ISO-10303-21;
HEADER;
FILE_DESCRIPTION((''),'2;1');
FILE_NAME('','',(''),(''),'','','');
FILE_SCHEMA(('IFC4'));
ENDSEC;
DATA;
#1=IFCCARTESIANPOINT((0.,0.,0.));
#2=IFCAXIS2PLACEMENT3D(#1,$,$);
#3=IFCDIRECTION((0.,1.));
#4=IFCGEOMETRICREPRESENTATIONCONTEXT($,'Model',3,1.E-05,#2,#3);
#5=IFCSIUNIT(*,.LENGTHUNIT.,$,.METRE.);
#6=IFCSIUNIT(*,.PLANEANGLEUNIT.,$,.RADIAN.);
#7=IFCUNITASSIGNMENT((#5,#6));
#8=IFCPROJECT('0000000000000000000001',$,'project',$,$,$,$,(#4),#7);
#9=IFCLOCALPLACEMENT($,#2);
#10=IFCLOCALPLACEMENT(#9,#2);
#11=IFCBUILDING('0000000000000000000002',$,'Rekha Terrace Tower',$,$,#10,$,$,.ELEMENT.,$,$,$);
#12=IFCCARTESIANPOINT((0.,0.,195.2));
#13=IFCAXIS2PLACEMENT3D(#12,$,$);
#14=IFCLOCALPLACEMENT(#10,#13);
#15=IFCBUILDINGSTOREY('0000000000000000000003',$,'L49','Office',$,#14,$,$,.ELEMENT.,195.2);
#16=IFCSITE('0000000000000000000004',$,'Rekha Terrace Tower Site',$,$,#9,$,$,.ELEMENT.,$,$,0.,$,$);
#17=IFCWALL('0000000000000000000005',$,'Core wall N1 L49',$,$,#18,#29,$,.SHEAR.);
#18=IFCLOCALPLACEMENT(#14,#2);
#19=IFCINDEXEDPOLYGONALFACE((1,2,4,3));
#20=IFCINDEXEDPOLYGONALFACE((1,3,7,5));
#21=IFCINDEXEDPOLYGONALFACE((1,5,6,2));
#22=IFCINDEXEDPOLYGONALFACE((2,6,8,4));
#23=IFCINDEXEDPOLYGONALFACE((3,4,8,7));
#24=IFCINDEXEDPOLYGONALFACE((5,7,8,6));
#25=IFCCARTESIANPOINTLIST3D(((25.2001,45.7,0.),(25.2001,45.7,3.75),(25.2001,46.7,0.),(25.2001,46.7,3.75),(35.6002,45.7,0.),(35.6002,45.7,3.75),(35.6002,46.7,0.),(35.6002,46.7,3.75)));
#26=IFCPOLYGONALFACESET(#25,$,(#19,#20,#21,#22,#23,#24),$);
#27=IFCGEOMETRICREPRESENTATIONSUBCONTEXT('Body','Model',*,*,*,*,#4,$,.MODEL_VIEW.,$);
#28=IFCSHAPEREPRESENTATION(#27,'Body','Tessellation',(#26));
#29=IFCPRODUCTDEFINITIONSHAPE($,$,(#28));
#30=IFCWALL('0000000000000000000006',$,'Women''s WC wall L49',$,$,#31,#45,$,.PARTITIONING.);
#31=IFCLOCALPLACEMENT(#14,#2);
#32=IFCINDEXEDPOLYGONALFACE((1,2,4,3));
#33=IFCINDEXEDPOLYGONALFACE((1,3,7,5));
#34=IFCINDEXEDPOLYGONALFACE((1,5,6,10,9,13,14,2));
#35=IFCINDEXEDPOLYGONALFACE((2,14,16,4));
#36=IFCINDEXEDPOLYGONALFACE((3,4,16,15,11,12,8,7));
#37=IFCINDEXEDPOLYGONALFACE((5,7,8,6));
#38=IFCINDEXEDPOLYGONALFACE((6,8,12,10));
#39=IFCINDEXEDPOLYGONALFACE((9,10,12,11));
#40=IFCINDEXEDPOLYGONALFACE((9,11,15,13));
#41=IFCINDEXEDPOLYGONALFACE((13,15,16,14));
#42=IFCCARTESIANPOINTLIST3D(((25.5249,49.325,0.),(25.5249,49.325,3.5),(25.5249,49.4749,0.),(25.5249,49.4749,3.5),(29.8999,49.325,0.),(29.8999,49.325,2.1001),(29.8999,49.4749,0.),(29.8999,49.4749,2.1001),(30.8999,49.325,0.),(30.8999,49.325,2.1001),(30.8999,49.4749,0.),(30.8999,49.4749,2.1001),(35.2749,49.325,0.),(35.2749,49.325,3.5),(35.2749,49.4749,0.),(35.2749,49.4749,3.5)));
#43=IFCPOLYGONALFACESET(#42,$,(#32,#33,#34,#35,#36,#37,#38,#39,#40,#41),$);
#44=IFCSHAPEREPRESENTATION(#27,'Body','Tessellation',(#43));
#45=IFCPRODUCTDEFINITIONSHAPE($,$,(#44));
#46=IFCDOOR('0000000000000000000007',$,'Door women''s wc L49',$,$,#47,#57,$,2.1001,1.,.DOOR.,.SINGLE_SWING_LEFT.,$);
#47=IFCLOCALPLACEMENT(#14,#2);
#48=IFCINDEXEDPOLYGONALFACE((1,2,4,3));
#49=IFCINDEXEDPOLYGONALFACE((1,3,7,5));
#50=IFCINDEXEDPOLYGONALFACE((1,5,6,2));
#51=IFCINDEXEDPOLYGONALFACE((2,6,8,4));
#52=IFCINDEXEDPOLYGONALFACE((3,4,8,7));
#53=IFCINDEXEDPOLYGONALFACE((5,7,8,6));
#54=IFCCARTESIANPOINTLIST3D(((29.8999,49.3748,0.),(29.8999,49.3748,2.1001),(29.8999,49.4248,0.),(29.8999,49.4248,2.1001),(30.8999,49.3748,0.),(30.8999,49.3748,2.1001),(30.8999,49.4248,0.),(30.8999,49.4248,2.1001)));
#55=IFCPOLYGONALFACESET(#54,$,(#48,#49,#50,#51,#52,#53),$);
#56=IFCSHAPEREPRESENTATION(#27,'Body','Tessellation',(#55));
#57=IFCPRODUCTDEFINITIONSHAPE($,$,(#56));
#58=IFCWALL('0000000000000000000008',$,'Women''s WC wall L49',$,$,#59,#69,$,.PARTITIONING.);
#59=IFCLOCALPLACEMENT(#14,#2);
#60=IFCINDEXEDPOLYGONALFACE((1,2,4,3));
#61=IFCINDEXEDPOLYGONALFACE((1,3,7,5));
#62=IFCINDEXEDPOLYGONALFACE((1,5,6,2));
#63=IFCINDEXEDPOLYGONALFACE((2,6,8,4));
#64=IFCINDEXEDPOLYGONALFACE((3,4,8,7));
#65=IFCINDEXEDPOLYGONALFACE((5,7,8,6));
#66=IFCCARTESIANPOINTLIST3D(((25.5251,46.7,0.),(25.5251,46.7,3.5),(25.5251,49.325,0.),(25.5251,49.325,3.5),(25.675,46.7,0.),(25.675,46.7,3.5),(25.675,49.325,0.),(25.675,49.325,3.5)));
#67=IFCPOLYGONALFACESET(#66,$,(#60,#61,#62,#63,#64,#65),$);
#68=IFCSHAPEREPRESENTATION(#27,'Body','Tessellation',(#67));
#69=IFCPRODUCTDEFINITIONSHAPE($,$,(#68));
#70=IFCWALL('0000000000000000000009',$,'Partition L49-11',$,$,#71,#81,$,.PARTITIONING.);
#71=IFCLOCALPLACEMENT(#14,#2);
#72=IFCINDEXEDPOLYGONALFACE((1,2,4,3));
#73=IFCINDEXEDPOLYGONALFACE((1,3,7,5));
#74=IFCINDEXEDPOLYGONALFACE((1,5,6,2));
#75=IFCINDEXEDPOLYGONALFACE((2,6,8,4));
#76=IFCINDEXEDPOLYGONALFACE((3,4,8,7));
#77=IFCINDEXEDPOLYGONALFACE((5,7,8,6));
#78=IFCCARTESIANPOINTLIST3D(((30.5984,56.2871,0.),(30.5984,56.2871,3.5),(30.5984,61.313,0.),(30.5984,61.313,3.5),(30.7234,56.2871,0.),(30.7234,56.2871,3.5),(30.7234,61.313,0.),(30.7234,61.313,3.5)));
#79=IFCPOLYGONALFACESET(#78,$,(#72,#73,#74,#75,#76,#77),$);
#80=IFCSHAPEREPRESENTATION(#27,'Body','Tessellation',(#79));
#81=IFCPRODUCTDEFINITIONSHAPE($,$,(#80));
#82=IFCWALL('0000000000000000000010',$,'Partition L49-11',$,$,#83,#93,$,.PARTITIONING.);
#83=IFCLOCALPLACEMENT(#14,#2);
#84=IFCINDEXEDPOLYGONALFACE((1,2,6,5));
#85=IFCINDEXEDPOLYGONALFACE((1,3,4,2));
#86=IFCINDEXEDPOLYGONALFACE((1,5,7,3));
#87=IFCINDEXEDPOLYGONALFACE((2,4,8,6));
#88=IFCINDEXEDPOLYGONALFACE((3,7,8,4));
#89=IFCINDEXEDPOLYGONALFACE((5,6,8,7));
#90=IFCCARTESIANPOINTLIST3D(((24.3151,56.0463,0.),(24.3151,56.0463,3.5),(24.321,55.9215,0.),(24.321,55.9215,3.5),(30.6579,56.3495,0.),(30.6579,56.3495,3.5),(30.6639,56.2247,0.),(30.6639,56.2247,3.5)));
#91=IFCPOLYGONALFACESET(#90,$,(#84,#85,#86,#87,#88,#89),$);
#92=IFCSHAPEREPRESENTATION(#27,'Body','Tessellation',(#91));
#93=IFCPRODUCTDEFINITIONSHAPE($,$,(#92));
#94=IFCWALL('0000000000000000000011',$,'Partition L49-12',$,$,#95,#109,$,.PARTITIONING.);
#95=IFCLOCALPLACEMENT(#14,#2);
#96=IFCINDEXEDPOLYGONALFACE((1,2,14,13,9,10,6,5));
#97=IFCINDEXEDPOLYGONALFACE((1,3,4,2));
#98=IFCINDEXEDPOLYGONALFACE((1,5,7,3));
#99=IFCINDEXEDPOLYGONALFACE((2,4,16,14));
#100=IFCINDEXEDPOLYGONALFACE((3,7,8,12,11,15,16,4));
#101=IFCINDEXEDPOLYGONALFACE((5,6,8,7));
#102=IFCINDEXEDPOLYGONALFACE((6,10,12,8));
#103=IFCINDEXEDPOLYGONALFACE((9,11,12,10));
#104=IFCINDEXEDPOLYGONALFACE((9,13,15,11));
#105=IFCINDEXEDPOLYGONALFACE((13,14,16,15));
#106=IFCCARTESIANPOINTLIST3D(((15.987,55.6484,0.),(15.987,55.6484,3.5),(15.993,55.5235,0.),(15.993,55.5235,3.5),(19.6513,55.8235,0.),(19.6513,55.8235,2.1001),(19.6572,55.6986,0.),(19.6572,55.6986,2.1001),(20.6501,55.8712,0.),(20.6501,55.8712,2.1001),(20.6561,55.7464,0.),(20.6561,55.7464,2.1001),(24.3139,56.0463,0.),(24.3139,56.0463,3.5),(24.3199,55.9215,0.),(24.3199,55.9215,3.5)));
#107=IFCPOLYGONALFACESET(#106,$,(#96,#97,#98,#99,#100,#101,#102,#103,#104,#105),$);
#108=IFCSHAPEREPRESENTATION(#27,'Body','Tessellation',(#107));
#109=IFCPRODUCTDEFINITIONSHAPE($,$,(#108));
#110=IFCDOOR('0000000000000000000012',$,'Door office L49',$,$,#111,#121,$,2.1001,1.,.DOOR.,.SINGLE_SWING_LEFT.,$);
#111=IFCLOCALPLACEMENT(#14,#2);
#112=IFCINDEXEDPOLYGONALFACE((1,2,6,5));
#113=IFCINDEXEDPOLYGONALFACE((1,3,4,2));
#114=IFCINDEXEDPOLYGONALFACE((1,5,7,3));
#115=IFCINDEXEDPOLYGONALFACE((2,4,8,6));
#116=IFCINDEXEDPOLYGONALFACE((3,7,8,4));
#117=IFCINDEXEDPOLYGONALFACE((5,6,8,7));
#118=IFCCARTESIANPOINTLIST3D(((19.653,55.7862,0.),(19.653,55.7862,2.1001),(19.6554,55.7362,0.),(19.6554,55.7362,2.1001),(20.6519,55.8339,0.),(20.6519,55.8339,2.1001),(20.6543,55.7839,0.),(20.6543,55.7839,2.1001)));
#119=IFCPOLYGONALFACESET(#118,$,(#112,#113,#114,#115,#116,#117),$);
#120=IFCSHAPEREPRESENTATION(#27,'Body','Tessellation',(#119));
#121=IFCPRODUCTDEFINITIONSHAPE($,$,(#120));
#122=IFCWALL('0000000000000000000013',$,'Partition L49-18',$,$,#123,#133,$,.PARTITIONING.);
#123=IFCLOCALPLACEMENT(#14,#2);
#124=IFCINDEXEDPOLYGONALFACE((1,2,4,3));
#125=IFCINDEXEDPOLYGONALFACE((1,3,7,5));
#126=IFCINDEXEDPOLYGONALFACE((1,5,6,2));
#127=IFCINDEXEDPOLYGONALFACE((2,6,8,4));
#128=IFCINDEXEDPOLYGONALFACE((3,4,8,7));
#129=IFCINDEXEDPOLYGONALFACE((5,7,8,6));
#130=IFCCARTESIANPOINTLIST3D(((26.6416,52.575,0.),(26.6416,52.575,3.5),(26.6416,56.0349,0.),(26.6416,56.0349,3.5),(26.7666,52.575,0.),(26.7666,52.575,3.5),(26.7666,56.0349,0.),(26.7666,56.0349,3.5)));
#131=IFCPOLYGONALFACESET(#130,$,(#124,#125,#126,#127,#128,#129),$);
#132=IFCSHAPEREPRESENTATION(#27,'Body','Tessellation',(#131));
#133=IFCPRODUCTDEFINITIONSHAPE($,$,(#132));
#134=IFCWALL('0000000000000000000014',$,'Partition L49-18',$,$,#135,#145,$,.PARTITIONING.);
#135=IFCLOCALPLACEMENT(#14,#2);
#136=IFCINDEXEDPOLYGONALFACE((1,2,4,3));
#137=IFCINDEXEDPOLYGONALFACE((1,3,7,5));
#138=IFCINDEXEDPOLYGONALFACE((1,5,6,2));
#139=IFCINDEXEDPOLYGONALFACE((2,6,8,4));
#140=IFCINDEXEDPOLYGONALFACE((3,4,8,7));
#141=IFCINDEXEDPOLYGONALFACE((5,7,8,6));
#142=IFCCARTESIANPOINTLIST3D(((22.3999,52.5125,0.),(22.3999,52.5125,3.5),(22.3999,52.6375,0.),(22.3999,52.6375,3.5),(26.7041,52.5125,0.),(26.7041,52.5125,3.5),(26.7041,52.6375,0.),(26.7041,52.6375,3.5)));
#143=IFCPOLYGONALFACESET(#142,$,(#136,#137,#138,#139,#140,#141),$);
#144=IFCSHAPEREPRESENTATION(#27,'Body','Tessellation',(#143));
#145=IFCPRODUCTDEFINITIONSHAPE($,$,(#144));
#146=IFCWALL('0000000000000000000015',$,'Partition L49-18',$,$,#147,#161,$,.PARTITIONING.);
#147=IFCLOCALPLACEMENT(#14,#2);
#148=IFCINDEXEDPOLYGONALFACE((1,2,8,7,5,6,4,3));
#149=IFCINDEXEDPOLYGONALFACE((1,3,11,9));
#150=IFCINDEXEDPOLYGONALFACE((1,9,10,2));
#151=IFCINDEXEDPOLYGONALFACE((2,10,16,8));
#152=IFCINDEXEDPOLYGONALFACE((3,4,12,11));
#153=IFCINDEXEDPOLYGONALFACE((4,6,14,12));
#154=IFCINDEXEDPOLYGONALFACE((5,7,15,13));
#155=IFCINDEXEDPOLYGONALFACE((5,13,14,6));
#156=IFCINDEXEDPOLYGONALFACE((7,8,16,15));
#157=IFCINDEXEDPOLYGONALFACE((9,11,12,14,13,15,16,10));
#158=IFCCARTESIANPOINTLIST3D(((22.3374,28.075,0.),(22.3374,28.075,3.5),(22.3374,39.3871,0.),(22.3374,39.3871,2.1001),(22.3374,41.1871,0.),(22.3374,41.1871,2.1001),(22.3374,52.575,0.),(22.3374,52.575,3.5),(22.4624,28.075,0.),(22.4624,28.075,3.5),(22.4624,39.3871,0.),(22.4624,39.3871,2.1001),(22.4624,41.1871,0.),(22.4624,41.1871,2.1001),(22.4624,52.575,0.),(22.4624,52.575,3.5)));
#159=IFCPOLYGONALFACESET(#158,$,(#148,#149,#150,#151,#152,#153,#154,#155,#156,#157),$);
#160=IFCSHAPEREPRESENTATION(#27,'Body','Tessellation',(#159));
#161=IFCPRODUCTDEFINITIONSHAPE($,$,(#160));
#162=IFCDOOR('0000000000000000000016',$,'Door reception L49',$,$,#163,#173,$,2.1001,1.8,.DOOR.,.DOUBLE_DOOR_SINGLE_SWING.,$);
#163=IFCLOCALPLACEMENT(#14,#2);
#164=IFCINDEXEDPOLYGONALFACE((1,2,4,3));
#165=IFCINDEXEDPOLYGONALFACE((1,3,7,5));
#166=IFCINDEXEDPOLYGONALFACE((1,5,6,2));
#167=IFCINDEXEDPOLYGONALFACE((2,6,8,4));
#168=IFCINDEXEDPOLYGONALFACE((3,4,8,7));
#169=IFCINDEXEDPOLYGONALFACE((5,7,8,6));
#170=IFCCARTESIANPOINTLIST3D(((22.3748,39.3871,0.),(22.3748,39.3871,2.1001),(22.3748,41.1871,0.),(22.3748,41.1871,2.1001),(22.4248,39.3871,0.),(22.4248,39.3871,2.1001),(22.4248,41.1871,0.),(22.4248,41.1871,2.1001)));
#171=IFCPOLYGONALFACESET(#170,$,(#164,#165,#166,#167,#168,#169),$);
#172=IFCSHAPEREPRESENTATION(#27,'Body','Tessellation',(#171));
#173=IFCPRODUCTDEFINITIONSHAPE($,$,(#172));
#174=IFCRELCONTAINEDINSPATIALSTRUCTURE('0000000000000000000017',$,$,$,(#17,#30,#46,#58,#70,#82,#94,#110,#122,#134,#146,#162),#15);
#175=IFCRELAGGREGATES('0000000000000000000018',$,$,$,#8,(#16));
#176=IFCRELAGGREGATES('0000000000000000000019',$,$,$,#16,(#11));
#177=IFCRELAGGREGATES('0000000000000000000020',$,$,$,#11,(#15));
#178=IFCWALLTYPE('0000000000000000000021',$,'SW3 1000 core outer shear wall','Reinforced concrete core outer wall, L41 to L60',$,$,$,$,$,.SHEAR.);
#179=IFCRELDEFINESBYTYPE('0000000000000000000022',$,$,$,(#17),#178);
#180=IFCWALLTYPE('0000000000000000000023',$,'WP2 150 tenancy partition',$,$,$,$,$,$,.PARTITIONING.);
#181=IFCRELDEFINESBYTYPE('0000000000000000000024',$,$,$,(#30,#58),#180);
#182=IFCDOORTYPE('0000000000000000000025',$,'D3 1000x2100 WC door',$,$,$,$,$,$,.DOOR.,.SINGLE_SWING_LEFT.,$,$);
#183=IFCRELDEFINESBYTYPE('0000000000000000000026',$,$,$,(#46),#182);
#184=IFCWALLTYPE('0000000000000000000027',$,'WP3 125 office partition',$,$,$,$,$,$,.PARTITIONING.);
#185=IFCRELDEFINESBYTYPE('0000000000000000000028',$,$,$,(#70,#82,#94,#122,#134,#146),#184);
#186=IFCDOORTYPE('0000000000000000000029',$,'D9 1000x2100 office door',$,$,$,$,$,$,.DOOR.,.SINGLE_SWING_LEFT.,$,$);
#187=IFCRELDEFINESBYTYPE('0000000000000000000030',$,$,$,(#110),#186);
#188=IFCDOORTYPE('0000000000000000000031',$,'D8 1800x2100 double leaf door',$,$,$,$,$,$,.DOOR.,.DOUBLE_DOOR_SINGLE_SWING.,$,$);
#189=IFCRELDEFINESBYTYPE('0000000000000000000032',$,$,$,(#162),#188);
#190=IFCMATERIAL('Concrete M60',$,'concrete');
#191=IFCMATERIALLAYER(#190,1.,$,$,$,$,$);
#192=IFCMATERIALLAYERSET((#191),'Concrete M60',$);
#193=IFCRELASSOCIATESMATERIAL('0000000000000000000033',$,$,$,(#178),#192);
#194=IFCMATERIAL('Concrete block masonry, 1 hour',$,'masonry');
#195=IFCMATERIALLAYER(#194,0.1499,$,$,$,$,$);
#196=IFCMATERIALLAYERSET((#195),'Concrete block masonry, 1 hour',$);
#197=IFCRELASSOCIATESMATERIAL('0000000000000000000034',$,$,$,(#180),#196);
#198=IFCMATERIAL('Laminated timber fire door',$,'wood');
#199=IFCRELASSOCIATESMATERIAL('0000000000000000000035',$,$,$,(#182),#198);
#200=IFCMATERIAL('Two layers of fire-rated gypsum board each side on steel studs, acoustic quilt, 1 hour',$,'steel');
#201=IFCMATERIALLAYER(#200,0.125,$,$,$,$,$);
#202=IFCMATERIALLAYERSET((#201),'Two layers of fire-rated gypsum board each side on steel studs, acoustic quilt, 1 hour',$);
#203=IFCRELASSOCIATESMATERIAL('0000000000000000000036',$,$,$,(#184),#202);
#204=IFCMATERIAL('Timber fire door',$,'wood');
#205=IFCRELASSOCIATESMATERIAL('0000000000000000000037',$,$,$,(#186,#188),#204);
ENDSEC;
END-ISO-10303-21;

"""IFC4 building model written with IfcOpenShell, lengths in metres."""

from ifc_helpers import new_model, si_unit, direction, frame, frame_2d, origin, place, context, subcontext, project, spatial, rectangle, extrude, material, layer, layer_set, type_object, element, fill, save


model = new_model("IFC4")

# Units and contexts
model_context = context("Model", 3, precision=1e-05, world=origin(), true_north=direction((0.0, 1.0)))
body_context = subcontext(model_context, "Body", "Model", "MODEL_VIEW")
ifc_project = project(units=[si_unit("LENGTHUNIT", "METRE"), si_unit("PLANEANGLEUNIT", "RADIAN")], contexts=[model_context])

# Site, building, storey
site_placement = place(None, origin())
site = spatial("IfcSite", under=ifc_project, at=site_placement, Name="Rekha Terrace Tower Site", CompositionType="ELEMENT", RefElevation=0.0)
building_placement = place(site_placement, origin())
building = spatial("IfcBuilding", under=site, at=building_placement, Name="Rekha Terrace Tower", CompositionType="ELEMENT")
storey_placement = place(building_placement, frame((0.0, 0.0, 195.2)))
storey = spatial("IfcBuildingStorey", under=building, at=storey_placement, Name="L49", Description="Office", CompositionType="ELEMENT", Elevation=195.2)

# Wall
ifc_material_1 = material(Name="Concrete M60", Category="concrete")
ifc_layer_1 = layer(ifc_material_1, 1.0)
ifc_layer_set_1 = layer_set([ifc_layer_1], Name="Concrete M60")
wall_type_1 = type_object("IfcWallType", Name="SW3 1000 core outer shear wall", Description="Reinforced concrete core outer wall, L41 to L60", PredefinedType="SHEAR", material=ifc_layer_set_1)
wall_1_placement = place(storey_placement, frame((25.2, 46.2, 0.0), z_axis=(0.0, 0.0, 1.0), x_axis=(1.0, 0.0, 0.0)))
element("IfcWall", 1, at=wall_1_placement, inside=storey, type_object=wall_type_1, Name="Core wall N1 L49", PredefinedType="SHEAR", context=body_context, shape_type="SweptSolid", body=[
    extrude(rectangle(XDim=10.4001, YDim=1.0, at=frame_2d((5.2002, 0.0))), origin(), (0.0, 0.0, 1.0), 3.75),
])

# Wall, opening, door
ifc_material_2 = material(Name="Concrete block masonry, 1 hour", Category="masonry")
ifc_layer_2 = layer(ifc_material_2, 0.1499)
ifc_layer_set_2 = layer_set([ifc_layer_2], Name="Concrete block masonry, 1 hour")
wall_type_2 = type_object("IfcWallType", Name="WP2 150 tenancy partition", PredefinedType="PARTITIONING", material=ifc_layer_set_2)
wall_2_placement = place(storey_placement, frame((25.5249, 49.3999, 0.0), z_axis=(0.0, 0.0, 1.0), x_axis=(1.0, 0.0, 0.0)))
wall_2 = element("IfcWall", 2, at=wall_2_placement, inside=storey, type_object=wall_type_2, Name="Women's WC wall L49", PredefinedType="PARTITIONING", context=body_context, shape_type="SweptSolid", body=[
    extrude(rectangle(XDim=9.75, YDim=0.1499, at=frame_2d((4.875, 0.0))), origin(), (0.0, 0.0, 1.0), 3.5),
])
opening_1_placement = place(wall_2_placement, frame((4.375, 0.0, 0.0)))
opening_1 = element("IfcOpeningElement", 3, at=opening_1_placement, cuts=wall_2, PredefinedType="OPENING", context=body_context, shape_type="SweptSolid", body=[
    extrude(rectangle(XDim=1.0, YDim=2.1001, at=frame_2d((0.5, 1.05))), frame((0.0, 0.085, 0.0), z_axis=(0.0, -1.0, 0.0), x_axis=(1.0, 0.0, 0.0)), (0.0, 0.0, 1.0), 0.1699),
])
ifc_material_3 = material(Name="Laminated timber fire door", Category="wood")
door_type_1 = type_object("IfcDoorType", Name="D3 1000x2100 WC door", OperationType="SINGLE_SWING_LEFT", PredefinedType="DOOR", material=ifc_material_3)
door_1_placement = place(opening_1_placement, origin())
door_1 = element("IfcDoor", 4, at=door_1_placement, inside=storey, type_object=door_type_1, Name="Door women's wc L49", OperationType="SINGLE_SWING_LEFT", OverallHeight=2.1001, OverallWidth=1.0, PredefinedType="DOOR", context=body_context, shape_type="SweptSolid", body=[
    extrude(rectangle(XDim=1.0, YDim=2.1001, at=frame_2d((0.5, 1.05))), frame((0.0, 0.0249, 0.0), z_axis=(0.0, -1.0, 0.0), x_axis=(1.0, 0.0, 0.0)), (0.0, 0.0, 1.0), 0.05),
])
fill(opening_1, door_1)

# Walls
wall_3_placement = place(storey_placement, frame((25.6001, 46.7, 0.0), z_axis=(0.0, 0.0, 1.0), x_axis=(0.0, 1.0, 0.0)))
element("IfcWall", 5, at=wall_3_placement, inside=storey, type_object=wall_type_2, Name="Women's WC wall L49", PredefinedType="PARTITIONING", context=body_context, shape_type="SweptSolid", body=[
    extrude(rectangle(XDim=2.625, YDim=0.1499, at=frame_2d((1.3125, 0.0))), origin(), (0.0, 0.0, 1.0), 3.5),
])
ifc_material_4 = material(Name="Two layers of fire-rated gypsum board each side on steel studs, acoustic quilt, 1 hour", Category="steel")
ifc_layer_3 = layer(ifc_material_4, 0.125)
ifc_layer_set_3 = layer_set([ifc_layer_3], Name="Two layers of fire-rated gypsum board each side on steel studs, acoustic quilt, 1 hour")
wall_type_3 = type_object("IfcWallType", Name="WP3 125 office partition", PredefinedType="PARTITIONING", material=ifc_layer_set_3)
wall_4_placement = place(storey_placement, frame((30.6609, 61.313, 0.0), z_axis=(0.0, 0.0, 1.0), x_axis=(0.0, -1.0, 0.0)))
element("IfcWall", 6, at=wall_4_placement, inside=storey, type_object=wall_type_3, Name="Partition L49-11", PredefinedType="PARTITIONING", context=body_context, shape_type="SweptSolid", body=[
    extrude(rectangle(XDim=5.0259, YDim=0.125, at=frame_2d((2.5129, 0.0))), origin(), (0.0, 0.0, 1.0), 3.5),
])
wall_5_placement = place(storey_placement, frame((30.6609, 56.2871, 0.0), z_axis=(0.0, 0.0, 1.0), x_axis=(-0.998859, -0.047751, 0.0)))
element("IfcWall", 7, at=wall_5_placement, inside=storey, type_object=wall_type_3, Name="Partition L49-11", PredefinedType="PARTITIONING", context=body_context, shape_type="SweptSolid", body=[
    extrude(rectangle(XDim=6.3501, YDim=0.125, at=frame_2d((3.175, 0.0))), origin(), (0.0, 0.0, 1.0), 3.5),
])

# Wall, opening, door
wall_6_placement = place(storey_placement, frame((24.3169, 55.9839, 0.0), z_axis=(0.0, 0.0, 1.0), x_axis=(-0.99886, -0.047736, 0.0)))
wall_6 = element("IfcWall", 8, at=wall_6_placement, inside=storey, type_object=wall_type_3, Name="Partition L49-12", PredefinedType="PARTITIONING", context=body_context, shape_type="SweptSolid", body=[
    extrude(rectangle(XDim=8.3364, YDim=0.125, at=frame_2d((4.1682, 0.0))), origin(), (0.0, 0.0, 1.0), 3.5),
])
opening_2_placement = place(wall_6_placement, frame((3.668, 0.0, 0.0)))
opening_2 = element("IfcOpeningElement", 9, at=opening_2_placement, cuts=wall_6, PredefinedType="OPENING", context=body_context, shape_type="SweptSolid", body=[
    extrude(rectangle(XDim=1.0, YDim=2.1001, at=frame_2d((0.5, 1.05))), frame((0.0, 0.0725, 0.0), z_axis=(0.0, -1.0, 0.0), x_axis=(1.0, 0.0, 0.0)), (0.0, 0.0, 1.0), 0.145),
])
ifc_material_5 = material(Name="Timber fire door", Category="wood")
door_type_2 = type_object("IfcDoorType", Name="D9 1000x2100 office door", OperationType="SINGLE_SWING_LEFT", PredefinedType="DOOR", material=ifc_material_5)
door_2_placement = place(opening_2_placement, origin())
door_2 = element("IfcDoor", 10, at=door_2_placement, inside=storey, type_object=door_type_2, Name="Door office L49", OperationType="SINGLE_SWING_LEFT", OverallHeight=2.1001, OverallWidth=1.0, PredefinedType="DOOR", context=body_context, shape_type="SweptSolid", body=[
    extrude(rectangle(XDim=1.0, YDim=2.1001, at=frame_2d((0.5, 1.05))), frame((0.0, 0.0249, 0.0), z_axis=(0.0, -1.0, 0.0), x_axis=(1.0, 0.0, 0.0)), (0.0, 0.0, 1.0), 0.05),
])
fill(opening_2, door_2)

# Walls
wall_7_placement = place(storey_placement, frame((26.7041, 56.0349, 0.0), z_axis=(0.0, 0.0, 1.0), x_axis=(0.0, -1.0, 0.0)))
element("IfcWall", 11, at=wall_7_placement, inside=storey, type_object=wall_type_3, Name="Partition L49-18", PredefinedType="PARTITIONING", context=body_context, shape_type="SweptSolid", body=[
    extrude(rectangle(XDim=3.46, YDim=0.125, at=frame_2d((1.73, 0.0))), origin(), (0.0, 0.0, 1.0), 3.5),
])
wall_8_placement = place(storey_placement, frame((26.7041, 52.575, 0.0), z_axis=(0.0, 0.0, 1.0), x_axis=(-1.0, 0.0, 0.0)))
element("IfcWall", 12, at=wall_8_placement, inside=storey, type_object=wall_type_3, Name="Partition L49-18", PredefinedType="PARTITIONING", context=body_context, shape_type="SweptSolid", body=[
    extrude(rectangle(XDim=4.3042, YDim=0.125, at=frame_2d((2.1521, 0.0))), origin(), (0.0, 0.0, 1.0), 3.5),
])

# Wall, opening, door
wall_9_placement = place(storey_placement, frame((22.3999, 52.575, 0.0), z_axis=(0.0, 0.0, 1.0), x_axis=(0.0, -1.0, 0.0)))
wall_9 = element("IfcWall", 13, at=wall_9_placement, inside=storey, type_object=wall_type_3, Name="Partition L49-18", PredefinedType="PARTITIONING", context=body_context, shape_type="SweptSolid", body=[
    extrude(rectangle(XDim=24.5, YDim=0.125, at=frame_2d((12.25, 0.0))), origin(), (0.0, 0.0, 1.0), 3.5),
])
opening_3_placement = place(wall_9_placement, frame((11.3879, 0.0, 0.0)))
opening_3 = element("IfcOpeningElement", 14, at=opening_3_placement, cuts=wall_9, PredefinedType="OPENING", context=body_context, shape_type="SweptSolid", body=[
    extrude(rectangle(XDim=1.8, YDim=2.1001, at=frame_2d((0.8999, 1.05))), frame((0.0, 0.0725, 0.0), z_axis=(0.0, -1.0, 0.0), x_axis=(1.0, 0.0, 0.0)), (0.0, 0.0, 1.0), 0.145),
])
door_type_3 = type_object("IfcDoorType", Name="D8 1800x2100 double leaf door", OperationType="DOUBLE_DOOR_SINGLE_SWING", PredefinedType="DOOR", material=ifc_material_5)
door_3_placement = place(opening_3_placement, origin())
door_3 = element("IfcDoor", 15, at=door_3_placement, inside=storey, type_object=door_type_3, Name="Door reception L49", OperationType="DOUBLE_DOOR_SINGLE_SWING", OverallHeight=2.1001, OverallWidth=1.8, PredefinedType="DOOR", context=body_context, shape_type="SweptSolid", body=[
    extrude(rectangle(XDim=1.8, YDim=2.1001, at=frame_2d((0.8999, 1.05))), frame((0.0, 0.0249, 0.0), z_axis=(0.0, -1.0, 0.0), x_axis=(1.0, 0.0, 0.0)), (0.0, 0.0, 1.0), 0.05),
])
fill(opening_3, door_3)

save(model, "model.ifc")
